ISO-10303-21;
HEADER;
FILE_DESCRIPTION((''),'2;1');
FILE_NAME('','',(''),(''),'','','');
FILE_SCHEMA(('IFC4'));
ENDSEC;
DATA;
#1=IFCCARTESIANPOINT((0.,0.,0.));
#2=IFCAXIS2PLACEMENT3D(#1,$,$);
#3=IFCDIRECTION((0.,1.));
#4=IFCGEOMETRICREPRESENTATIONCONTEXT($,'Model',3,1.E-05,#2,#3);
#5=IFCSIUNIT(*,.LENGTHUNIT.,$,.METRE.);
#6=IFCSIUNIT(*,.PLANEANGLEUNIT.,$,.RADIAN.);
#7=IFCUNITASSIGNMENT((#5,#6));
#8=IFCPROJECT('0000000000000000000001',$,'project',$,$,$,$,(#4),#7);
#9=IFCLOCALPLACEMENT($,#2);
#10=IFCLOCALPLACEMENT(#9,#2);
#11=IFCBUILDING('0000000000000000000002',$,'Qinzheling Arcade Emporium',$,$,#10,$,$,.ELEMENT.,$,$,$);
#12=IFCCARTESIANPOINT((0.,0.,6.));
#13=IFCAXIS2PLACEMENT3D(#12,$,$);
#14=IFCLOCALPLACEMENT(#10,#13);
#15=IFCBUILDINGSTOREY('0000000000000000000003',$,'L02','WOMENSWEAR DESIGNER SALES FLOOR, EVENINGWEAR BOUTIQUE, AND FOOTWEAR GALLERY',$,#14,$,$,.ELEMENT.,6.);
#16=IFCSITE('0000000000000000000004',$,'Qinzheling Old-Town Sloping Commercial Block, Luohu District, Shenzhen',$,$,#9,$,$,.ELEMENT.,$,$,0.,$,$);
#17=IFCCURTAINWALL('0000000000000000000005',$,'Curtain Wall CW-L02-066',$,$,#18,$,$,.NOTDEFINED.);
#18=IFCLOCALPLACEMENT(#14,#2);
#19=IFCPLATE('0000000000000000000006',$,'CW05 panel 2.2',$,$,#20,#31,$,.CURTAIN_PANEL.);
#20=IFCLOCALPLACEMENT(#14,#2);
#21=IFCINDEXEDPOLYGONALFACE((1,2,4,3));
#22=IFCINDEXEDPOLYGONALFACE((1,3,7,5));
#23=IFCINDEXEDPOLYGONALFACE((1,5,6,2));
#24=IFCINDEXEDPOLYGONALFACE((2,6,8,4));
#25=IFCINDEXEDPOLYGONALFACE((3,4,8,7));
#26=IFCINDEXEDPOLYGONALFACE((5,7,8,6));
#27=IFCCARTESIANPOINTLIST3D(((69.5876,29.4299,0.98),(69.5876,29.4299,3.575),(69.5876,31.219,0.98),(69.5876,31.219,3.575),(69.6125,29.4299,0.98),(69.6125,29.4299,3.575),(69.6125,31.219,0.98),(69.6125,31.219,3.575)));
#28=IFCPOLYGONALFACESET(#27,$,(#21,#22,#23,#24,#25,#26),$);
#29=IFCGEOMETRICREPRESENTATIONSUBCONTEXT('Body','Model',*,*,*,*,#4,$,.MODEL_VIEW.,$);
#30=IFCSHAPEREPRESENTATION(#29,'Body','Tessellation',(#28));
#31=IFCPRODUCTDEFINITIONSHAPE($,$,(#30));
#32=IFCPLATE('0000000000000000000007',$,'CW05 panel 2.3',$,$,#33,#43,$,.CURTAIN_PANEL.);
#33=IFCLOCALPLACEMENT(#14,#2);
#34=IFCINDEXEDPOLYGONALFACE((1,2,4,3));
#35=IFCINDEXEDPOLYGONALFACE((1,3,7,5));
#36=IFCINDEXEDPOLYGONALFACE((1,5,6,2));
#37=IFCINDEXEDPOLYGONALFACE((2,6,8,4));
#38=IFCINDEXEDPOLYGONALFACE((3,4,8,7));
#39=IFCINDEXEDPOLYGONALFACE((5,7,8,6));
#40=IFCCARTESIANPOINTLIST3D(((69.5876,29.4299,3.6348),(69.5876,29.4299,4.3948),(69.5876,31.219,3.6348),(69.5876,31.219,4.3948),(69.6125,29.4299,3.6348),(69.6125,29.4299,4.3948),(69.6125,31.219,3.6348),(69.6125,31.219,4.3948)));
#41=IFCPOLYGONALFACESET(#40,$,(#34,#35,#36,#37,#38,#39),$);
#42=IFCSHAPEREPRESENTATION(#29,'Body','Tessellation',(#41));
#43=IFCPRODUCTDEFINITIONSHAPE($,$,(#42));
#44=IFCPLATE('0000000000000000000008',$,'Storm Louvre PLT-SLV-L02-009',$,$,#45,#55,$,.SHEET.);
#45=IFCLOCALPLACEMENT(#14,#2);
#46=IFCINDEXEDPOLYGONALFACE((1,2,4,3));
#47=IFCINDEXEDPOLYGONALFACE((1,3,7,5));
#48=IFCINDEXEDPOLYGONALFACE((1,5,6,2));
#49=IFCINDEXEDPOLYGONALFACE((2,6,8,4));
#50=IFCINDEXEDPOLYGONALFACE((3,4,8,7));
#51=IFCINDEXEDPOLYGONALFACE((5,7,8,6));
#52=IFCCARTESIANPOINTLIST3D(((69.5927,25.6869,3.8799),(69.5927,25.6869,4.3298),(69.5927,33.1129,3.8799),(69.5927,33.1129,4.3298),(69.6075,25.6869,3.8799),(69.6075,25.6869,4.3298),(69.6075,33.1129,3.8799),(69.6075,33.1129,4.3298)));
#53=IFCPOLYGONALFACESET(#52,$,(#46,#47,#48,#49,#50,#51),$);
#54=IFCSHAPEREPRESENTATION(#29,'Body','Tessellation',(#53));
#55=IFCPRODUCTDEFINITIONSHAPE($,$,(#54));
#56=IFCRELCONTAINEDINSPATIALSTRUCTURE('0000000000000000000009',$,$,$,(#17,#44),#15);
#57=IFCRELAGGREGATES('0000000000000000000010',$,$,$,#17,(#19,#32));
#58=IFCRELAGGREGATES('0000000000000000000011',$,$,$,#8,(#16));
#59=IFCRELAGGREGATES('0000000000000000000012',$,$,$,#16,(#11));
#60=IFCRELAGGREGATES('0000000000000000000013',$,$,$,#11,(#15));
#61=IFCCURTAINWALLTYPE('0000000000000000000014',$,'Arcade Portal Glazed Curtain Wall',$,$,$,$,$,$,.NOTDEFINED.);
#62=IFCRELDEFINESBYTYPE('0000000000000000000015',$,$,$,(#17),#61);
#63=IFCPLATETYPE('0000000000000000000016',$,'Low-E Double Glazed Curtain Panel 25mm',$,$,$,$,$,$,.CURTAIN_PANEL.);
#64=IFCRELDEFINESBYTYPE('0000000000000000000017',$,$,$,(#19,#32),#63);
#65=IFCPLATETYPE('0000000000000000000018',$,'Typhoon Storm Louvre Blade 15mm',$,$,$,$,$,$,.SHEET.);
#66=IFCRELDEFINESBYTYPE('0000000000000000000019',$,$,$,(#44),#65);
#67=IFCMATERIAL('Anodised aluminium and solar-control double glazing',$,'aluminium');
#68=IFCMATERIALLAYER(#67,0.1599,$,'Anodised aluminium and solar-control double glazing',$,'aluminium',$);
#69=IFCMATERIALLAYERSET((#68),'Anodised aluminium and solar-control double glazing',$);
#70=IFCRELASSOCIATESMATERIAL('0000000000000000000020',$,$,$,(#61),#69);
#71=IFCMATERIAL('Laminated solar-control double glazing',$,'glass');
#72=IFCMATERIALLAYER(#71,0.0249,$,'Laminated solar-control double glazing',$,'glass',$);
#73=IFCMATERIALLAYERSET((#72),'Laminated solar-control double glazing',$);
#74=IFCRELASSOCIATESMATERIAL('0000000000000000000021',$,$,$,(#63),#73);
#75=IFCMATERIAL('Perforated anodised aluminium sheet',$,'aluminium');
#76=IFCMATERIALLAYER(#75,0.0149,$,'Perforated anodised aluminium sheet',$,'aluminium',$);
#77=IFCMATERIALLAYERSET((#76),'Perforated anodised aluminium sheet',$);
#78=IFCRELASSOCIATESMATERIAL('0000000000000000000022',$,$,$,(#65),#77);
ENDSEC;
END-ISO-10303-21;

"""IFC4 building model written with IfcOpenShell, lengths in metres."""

from ifc_helpers import new_model, si_unit, direction, frame, origin, origin_2d, place, context, subcontext, project, spatial, rectangle, extrude, material, layer, layer_set, type_object, element, aggregate, save


model = new_model("IFC4")

# Units and contexts
model_context = context("Model", 3, precision=1e-05, world=origin(), true_north=direction((0.0, 1.0)))
body_context = subcontext(model_context, "Body", "Model", "MODEL_VIEW")
ifc_project = project(units=[si_unit("LENGTHUNIT", "METRE"), si_unit("PLANEANGLEUNIT", "RADIAN")], contexts=[model_context])

# Site, building, storey
site_placement = place(None, origin())
site = spatial("IfcSite", under=ifc_project, at=site_placement, Name="Qinzheling Old-Town Sloping Commercial Block, Luohu District, Shenzhen", CompositionType="ELEMENT", RefElevation=0.0)
building_placement = place(site_placement, origin())
building = spatial("IfcBuilding", under=site, at=building_placement, Name="Qinzheling Arcade Emporium", CompositionType="ELEMENT")
storey_placement = place(building_placement, frame((0.0, 0.0, 6.0)))
storey = spatial("IfcBuildingStorey", under=building, at=storey_placement, Name="L02", Description="WOMENSWEAR DESIGNER SALES FLOOR, EVENINGWEAR BOUTIQUE, AND FOOTWEAR GALLERY", CompositionType="ELEMENT", Elevation=6.0)

# Curtain wall, plates
ifc_material_1 = material(Name="Anodised aluminium and solar-control double glazing", Category="aluminium")
ifc_layer_1 = layer(ifc_material_1, 0.1599, Name="Anodised aluminium and solar-control double glazing", Category="aluminium")
ifc_layer_set_1 = layer_set([ifc_layer_1], Name="Anodised aluminium and solar-control double glazing")
curtain_wall_type = type_object("IfcCurtainWallType", Name="Arcade Portal Glazed Curtain Wall", PredefinedType="NOTDEFINED", material=ifc_layer_set_1)
curtain_wall_placement = place(storey_placement, origin())
curtain_wall = element("IfcCurtainWall", 1, at=curtain_wall_placement, inside=storey, type_object=curtain_wall_type, Name="Curtain Wall CW-L02-066", PredefinedType="NOTDEFINED")
ifc_material_2 = material(Name="Laminated solar-control double glazing", Category="glass")
ifc_layer_2 = layer(ifc_material_2, 0.0249, Name="Laminated solar-control double glazing", Category="glass")
ifc_layer_set_2 = layer_set([ifc_layer_2], Name="Laminated solar-control double glazing")
plate_type_1 = type_object("IfcPlateType", Name="Low-E Double Glazed Curtain Panel 25mm", PredefinedType="CURTAIN_PANEL", material=ifc_layer_set_2)
plate_1_placement = place(storey_placement, frame((69.6001, 30.3245, 0.98), z_axis=(0.0, 0.0, 1.0), x_axis=(0.0, -1.0, 0.0)))
plate_1 = element("IfcPlate", 2, at=plate_1_placement, type_object=plate_type_1, Name="CW05 panel 2.2", PredefinedType="CURTAIN_PANEL", context=body_context, shape_type="SweptSolid", body=[
    extrude(rectangle(XDim=1.7891, YDim=0.0249, at=origin_2d()), origin(), (0.0, 0.0, 1.0), 2.595),
])
plate_2_placement = place(storey_placement, frame((69.6001, 30.3245, 3.6348), z_axis=(0.0, 0.0, 1.0), x_axis=(0.0, -1.0, 0.0)))
plate_2 = element("IfcPlate", 3, at=plate_2_placement, type_object=plate_type_1, Name="CW05 panel 2.3", PredefinedType="CURTAIN_PANEL", context=body_context, shape_type="SweptSolid", body=[
    extrude(rectangle(XDim=1.7891, YDim=0.0249, at=origin_2d()), origin(), (0.0, 0.0, 1.0), 0.76),
])
aggregate(curtain_wall, [plate_1, plate_2])

# Plate
ifc_material_3 = material(Name="Perforated anodised aluminium sheet", Category="aluminium")
ifc_layer_3 = layer(ifc_material_3, 0.0149, Name="Perforated anodised aluminium sheet", Category="aluminium")
ifc_layer_set_3 = layer_set([ifc_layer_3], Name="Perforated anodised aluminium sheet")
plate_type_2 = type_object("IfcPlateType", Name="Typhoon Storm Louvre Blade 15mm", PredefinedType="SHEET", material=ifc_layer_set_3)
plate_3_placement = place(storey_placement, frame((69.6001, 29.3999, 3.8799), z_axis=(0.0, 0.0, 1.0), x_axis=(0.0, -1.0, 0.0)))
element("IfcPlate", 4, at=plate_3_placement, inside=storey, type_object=plate_type_2, Name="Storm Louvre PLT-SLV-L02-009", PredefinedType="SHEET", context=body_context, shape_type="SweptSolid", body=[
    extrude(rectangle(XDim=7.426, YDim=0.0149, at=origin_2d()), origin(), (0.0, 0.0, 1.0), 0.45),
])

save(model, "model.ifc")
